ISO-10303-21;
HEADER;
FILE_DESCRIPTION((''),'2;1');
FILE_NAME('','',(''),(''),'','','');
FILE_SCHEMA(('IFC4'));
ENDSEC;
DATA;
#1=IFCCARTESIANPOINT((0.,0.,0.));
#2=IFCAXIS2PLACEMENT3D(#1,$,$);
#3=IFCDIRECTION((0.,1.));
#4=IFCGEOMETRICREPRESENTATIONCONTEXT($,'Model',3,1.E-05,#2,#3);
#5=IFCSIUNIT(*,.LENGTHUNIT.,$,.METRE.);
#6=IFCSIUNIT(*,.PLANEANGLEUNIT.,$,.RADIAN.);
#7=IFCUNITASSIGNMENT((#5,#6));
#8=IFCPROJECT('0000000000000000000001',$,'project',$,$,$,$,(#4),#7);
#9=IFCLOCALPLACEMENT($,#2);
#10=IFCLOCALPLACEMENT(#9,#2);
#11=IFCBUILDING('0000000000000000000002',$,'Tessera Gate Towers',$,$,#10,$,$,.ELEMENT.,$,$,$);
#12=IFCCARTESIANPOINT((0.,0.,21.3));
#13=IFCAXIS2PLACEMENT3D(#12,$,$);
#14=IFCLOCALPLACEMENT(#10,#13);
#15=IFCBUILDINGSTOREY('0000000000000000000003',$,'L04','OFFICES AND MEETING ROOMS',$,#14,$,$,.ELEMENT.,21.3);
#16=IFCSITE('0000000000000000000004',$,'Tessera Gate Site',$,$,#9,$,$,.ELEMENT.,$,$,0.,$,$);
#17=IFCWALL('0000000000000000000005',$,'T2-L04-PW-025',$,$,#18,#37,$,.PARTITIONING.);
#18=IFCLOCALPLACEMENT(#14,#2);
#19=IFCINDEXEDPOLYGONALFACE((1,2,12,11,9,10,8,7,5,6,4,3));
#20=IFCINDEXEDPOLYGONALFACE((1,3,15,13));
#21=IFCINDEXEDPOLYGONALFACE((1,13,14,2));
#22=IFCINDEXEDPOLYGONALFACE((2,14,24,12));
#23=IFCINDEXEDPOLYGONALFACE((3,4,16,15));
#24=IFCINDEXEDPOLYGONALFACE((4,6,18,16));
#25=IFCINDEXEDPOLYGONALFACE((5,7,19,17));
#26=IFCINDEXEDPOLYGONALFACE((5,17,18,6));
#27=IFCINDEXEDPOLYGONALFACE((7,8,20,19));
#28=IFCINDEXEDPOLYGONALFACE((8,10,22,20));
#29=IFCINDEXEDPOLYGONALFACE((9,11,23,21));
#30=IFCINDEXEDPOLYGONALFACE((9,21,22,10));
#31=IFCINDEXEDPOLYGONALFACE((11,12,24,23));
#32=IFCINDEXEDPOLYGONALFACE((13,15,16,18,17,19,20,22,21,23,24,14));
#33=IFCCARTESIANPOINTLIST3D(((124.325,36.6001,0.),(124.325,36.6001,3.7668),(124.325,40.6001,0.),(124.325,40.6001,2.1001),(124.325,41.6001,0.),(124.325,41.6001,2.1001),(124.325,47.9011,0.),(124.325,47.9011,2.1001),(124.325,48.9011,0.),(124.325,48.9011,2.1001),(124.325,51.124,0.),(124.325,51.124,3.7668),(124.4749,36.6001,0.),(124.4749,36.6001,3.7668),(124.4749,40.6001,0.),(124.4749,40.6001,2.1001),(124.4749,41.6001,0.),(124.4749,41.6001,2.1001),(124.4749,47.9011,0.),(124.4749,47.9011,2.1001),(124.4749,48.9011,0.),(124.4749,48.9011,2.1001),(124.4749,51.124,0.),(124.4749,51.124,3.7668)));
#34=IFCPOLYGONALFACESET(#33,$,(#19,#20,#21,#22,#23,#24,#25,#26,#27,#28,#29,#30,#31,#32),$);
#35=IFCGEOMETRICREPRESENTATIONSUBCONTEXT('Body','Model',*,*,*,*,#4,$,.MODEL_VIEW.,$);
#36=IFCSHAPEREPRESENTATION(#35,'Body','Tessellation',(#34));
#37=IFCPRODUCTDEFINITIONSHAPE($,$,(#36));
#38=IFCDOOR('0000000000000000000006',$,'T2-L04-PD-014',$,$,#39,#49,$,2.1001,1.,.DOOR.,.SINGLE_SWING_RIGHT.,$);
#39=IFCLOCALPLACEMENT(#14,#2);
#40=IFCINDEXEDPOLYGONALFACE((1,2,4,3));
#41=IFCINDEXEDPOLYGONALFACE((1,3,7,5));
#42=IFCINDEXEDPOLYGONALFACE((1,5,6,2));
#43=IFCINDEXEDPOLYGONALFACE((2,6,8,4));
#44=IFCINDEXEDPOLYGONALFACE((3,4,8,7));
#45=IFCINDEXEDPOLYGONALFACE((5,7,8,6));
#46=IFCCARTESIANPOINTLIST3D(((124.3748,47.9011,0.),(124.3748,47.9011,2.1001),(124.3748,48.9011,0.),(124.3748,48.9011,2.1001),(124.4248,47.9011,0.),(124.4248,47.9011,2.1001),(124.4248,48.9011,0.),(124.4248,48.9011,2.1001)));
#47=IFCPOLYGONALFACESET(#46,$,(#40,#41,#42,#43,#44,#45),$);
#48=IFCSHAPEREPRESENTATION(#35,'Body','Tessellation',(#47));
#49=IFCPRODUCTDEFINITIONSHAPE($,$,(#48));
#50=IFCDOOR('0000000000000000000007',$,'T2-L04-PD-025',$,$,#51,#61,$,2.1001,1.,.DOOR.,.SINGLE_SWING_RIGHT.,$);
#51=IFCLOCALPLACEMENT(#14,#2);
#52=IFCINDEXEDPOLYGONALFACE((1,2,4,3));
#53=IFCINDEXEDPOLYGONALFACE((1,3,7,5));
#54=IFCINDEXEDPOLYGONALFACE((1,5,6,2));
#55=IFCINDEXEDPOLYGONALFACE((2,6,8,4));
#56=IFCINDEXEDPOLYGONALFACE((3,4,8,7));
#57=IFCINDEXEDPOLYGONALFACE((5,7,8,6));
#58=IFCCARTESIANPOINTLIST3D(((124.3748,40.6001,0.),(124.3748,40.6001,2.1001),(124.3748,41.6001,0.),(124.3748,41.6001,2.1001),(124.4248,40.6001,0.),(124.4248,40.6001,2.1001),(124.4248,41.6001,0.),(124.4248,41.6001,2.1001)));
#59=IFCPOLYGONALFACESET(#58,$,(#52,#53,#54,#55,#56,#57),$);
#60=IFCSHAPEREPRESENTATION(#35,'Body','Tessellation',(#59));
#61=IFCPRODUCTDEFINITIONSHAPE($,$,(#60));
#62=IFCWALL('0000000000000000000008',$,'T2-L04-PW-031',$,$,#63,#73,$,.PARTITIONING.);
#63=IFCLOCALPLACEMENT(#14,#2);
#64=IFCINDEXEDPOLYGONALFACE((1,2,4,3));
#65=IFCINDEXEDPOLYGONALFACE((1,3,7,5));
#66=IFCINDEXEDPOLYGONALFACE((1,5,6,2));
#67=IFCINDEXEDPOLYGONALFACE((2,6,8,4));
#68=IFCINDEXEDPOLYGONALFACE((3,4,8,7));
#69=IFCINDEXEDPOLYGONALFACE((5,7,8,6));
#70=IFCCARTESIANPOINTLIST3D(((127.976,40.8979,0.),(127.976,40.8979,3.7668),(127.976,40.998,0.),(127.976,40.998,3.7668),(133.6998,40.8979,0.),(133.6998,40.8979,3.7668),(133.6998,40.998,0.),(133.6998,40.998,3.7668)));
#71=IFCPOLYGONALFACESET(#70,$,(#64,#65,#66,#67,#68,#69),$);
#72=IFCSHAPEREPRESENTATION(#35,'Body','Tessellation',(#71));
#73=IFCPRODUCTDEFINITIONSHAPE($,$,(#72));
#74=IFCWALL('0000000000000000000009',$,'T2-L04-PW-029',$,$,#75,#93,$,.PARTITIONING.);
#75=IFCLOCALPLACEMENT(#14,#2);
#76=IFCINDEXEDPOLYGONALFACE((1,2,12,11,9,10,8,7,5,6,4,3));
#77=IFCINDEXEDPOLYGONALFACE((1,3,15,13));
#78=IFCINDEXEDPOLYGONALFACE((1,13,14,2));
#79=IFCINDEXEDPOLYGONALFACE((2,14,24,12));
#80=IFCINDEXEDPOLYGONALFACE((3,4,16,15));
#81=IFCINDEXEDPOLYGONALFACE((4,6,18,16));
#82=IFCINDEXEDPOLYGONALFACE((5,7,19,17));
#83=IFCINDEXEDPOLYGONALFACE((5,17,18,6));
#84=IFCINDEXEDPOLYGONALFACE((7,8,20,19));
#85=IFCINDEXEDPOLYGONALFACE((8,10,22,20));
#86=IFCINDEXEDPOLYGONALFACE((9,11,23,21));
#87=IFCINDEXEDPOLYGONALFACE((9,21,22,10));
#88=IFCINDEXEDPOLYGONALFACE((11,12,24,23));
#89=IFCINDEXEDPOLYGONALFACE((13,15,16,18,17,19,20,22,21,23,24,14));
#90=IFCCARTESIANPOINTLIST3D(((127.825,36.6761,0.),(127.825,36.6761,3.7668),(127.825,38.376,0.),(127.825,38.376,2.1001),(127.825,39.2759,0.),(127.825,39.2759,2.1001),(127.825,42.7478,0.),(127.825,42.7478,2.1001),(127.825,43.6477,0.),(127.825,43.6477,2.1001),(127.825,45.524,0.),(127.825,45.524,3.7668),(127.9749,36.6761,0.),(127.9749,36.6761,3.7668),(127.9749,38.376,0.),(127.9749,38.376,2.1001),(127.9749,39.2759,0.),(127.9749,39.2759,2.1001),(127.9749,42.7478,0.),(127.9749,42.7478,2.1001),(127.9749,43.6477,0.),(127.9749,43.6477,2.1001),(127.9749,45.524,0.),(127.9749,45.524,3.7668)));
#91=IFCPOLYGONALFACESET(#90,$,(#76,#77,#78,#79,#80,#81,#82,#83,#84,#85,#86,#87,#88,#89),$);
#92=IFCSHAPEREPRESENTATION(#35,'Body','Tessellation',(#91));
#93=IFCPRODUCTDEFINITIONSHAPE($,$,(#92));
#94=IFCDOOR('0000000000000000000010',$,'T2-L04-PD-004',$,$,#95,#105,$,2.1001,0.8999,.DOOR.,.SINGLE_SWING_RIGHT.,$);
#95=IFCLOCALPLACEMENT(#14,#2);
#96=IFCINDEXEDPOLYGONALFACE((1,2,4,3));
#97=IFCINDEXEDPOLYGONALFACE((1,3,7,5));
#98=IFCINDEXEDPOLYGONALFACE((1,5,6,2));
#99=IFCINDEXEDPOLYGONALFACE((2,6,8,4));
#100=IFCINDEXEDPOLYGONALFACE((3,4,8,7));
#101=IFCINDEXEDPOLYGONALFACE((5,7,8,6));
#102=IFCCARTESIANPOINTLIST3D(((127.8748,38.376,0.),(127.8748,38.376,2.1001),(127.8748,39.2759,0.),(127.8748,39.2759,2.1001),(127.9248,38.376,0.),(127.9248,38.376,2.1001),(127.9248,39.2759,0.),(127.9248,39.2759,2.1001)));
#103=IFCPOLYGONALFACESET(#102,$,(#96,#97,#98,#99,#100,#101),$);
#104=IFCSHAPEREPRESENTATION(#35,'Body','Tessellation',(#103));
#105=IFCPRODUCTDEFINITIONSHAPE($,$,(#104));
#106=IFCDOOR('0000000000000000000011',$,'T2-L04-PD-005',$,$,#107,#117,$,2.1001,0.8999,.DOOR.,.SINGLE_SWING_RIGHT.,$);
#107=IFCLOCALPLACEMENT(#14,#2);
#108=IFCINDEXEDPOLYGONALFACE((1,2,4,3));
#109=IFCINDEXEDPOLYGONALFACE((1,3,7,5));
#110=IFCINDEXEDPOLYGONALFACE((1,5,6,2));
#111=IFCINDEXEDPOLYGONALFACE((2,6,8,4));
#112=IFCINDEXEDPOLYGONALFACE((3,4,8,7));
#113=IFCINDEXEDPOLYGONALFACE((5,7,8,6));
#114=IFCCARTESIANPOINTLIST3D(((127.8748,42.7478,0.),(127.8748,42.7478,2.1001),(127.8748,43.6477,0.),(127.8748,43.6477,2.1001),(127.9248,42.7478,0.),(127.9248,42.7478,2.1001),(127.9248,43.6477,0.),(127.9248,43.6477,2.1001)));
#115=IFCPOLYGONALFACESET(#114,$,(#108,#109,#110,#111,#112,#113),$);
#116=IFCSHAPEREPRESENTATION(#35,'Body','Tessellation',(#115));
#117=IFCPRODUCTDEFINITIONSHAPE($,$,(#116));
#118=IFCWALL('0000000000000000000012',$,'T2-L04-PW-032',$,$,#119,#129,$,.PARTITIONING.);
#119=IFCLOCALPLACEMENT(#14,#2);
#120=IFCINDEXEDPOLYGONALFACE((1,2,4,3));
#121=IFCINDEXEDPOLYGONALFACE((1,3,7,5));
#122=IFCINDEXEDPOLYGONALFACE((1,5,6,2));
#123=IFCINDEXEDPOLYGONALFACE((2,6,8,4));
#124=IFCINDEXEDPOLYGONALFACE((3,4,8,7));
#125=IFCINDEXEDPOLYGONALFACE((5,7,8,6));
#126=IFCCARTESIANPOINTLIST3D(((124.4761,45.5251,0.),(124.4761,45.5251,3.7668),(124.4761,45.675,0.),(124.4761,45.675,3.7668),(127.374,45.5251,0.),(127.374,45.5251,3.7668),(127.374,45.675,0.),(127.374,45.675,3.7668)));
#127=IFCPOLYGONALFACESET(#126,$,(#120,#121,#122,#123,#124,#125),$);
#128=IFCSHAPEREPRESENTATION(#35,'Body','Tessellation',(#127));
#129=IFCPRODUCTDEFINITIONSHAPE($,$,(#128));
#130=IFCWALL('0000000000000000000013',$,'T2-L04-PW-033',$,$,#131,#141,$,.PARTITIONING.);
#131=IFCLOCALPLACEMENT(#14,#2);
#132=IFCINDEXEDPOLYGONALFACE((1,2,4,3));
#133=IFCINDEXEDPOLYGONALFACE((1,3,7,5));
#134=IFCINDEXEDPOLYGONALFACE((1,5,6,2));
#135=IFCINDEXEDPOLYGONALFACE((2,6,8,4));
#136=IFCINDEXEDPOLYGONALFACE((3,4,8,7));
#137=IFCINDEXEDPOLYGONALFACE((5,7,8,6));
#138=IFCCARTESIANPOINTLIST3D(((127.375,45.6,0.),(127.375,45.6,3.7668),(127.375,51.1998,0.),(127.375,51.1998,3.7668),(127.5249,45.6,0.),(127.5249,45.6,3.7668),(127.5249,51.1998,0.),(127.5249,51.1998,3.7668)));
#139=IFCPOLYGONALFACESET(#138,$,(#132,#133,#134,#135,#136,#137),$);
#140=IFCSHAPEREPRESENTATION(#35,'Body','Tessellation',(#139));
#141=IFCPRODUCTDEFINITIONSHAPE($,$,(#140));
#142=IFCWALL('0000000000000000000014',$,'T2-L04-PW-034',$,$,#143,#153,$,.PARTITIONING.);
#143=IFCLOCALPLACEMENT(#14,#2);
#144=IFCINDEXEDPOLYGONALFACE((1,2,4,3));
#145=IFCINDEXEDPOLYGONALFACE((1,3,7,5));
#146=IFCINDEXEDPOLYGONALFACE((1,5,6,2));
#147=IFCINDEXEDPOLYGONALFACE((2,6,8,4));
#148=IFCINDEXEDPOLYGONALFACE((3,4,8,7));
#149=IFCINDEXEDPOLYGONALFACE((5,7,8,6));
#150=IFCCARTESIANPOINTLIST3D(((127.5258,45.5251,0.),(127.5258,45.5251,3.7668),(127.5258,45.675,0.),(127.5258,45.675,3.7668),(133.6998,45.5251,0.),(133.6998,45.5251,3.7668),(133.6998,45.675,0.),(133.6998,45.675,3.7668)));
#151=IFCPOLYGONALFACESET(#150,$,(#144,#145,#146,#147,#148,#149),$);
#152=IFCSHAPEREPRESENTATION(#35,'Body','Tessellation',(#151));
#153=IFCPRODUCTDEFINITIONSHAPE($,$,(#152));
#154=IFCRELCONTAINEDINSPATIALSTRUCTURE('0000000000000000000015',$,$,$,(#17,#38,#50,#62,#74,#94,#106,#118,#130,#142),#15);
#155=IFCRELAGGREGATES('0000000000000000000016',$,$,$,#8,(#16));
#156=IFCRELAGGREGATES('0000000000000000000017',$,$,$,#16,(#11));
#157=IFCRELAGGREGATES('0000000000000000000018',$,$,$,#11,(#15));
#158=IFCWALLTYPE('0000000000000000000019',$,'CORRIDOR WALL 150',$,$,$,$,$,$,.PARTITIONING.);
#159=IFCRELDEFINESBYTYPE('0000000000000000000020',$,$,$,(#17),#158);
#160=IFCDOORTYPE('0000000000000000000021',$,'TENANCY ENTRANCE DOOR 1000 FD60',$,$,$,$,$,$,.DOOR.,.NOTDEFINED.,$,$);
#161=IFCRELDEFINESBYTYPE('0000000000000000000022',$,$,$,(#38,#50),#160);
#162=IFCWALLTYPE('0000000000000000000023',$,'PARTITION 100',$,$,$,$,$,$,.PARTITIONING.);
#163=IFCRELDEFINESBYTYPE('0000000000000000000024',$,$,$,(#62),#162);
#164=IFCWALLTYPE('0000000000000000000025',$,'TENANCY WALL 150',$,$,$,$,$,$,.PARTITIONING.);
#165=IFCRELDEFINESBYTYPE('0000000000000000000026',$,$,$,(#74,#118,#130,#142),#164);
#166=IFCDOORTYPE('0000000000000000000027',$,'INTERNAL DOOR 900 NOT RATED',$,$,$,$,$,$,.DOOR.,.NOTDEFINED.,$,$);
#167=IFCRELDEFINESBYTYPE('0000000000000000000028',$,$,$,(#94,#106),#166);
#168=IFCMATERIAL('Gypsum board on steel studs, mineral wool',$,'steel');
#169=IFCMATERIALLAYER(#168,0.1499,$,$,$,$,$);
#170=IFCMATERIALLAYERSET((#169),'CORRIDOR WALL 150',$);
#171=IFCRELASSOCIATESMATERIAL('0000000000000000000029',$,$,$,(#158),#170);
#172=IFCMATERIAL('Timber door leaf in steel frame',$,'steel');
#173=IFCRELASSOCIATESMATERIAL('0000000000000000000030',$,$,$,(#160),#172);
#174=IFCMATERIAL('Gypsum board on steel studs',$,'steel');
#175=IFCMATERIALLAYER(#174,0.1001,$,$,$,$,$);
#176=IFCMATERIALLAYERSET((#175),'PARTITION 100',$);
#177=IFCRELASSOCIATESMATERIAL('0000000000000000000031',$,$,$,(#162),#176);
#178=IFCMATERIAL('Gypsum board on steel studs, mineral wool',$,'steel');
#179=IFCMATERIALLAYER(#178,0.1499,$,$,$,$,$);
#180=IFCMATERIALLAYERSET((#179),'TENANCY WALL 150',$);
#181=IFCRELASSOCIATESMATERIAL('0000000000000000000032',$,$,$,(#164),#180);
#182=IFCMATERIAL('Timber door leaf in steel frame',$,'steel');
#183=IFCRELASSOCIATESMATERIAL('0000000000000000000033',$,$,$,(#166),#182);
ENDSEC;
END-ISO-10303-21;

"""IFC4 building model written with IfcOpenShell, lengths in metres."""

from ifc_helpers import new_model, si_unit, direction, frame, frame_2d, origin, place, context, subcontext, project, spatial, rectangle, extrude, source, transform, mapped, material, layer, layer_set, type_object, element, fill, save


model = new_model("IFC4")

# Units and contexts
model_context = context("Model", 3, precision=1e-05, world=origin(), true_north=direction((0.0, 1.0)))
body_context = subcontext(model_context, "Body", "Model", "MODEL_VIEW")
ifc_project = project(units=[si_unit("LENGTHUNIT", "METRE"), si_unit("PLANEANGLEUNIT", "RADIAN")], contexts=[model_context])

# Site, building, storey
site_placement = place(None, origin())
site = spatial("IfcSite", under=ifc_project, at=site_placement, Name="Tessera Gate Site", CompositionType="ELEMENT", RefElevation=0.0)
building_placement = place(site_placement, origin())
building = spatial("IfcBuilding", under=site, at=building_placement, Name="Tessera Gate Towers", CompositionType="ELEMENT")
storey_placement = place(building_placement, frame((0.0, 0.0, 21.3)))
storey = spatial("IfcBuildingStorey", under=building, at=storey_placement, Name="L04", Description="OFFICES AND MEETING ROOMS", CompositionType="ELEMENT", Elevation=21.3)

# Wall, openings, doors
ifc_material_1 = material(Name="Gypsum board on steel studs, mineral wool", Category="steel")
ifc_layer_1 = layer(ifc_material_1, 0.1499)
ifc_layer_set_1 = layer_set([ifc_layer_1], Name="CORRIDOR WALL 150")
wall_type_1 = type_object("IfcWallType", Name="CORRIDOR WALL 150", PredefinedType="PARTITIONING", material=ifc_layer_set_1)
wall_1_placement = place(storey_placement, frame((124.3999, 51.124, 0.0), z_axis=(0.0, 0.0, 1.0), x_axis=(0.0, -1.0, 0.0)))
wall_1 = element("IfcWall", 1, at=wall_1_placement, inside=storey, type_object=wall_type_1, Name="T2-L04-PW-025", PredefinedType="PARTITIONING", context=body_context, shape_type="SweptSolid", body=[
    extrude(rectangle(XDim=14.5239, YDim=0.1499, at=frame_2d((7.262, 0.0))), origin(), (0.0, 0.0, 1.0), 3.7668),
])
shared_shape_1 = source(origin(), body_context, "Body", "SweptSolid", [
    extrude(rectangle(XDim=1.0, YDim=2.1001, at=frame_2d((0.5, 1.05))), frame((0.0, 0.085, 0.0), z_axis=(0.0, -1.0, 0.0), x_axis=(1.0, 0.0, 0.0)), (0.0, 0.0, 1.0), 0.1699),
])
opening_1_placement = place(wall_1_placement, frame((2.2229, 0.0, 0.0)))
opening_1 = element("IfcOpeningElement", 2, at=opening_1_placement, cuts=wall_1, PredefinedType="OPENING", context=body_context, shape_type="MappedRepresentation", body=[
    mapped(shared_shape_1, transform((0.0, 0.0, 0.0), scale=1.0)),
])
opening_2_placement = place(wall_1_placement, frame((9.5239, 0.0, 0.0)))
opening_2 = element("IfcOpeningElement", 3, at=opening_2_placement, cuts=wall_1, PredefinedType="OPENING", context=body_context, shape_type="MappedRepresentation", body=[
    mapped(shared_shape_1, transform((0.0, 0.0, 0.0), scale=1.0)),
])
ifc_material_2 = material(Name="Timber door leaf in steel frame", Category="steel")
door_type_1 = type_object("IfcDoorType", Name="TENANCY ENTRANCE DOOR 1000 FD60", OperationType="NOTDEFINED", PredefinedType="DOOR", material=ifc_material_2)
shared_shape_2 = source(origin(), body_context, "Body", "SweptSolid", [
    extrude(rectangle(XDim=1.0, YDim=2.1001, at=frame_2d((0.5, 1.05))), frame((0.0, 0.0249, 0.0), z_axis=(0.0, -1.0, 0.0), x_axis=(1.0, 0.0, 0.0)), (0.0, 0.0, 1.0), 0.05),
])
door_1_placement = place(opening_1_placement, origin())
door_1 = element("IfcDoor", 4, at=door_1_placement, inside=storey, type_object=door_type_1, Name="T2-L04-PD-014", OperationType="SINGLE_SWING_RIGHT", OverallHeight=2.1001, OverallWidth=1.0, PredefinedType="DOOR", context=body_context, shape_type="MappedRepresentation", body=[
    mapped(shared_shape_2, transform((0.0, 0.0, 0.0), scale=1.0)),
])
fill(opening_1, door_1)
door_2_placement = place(opening_2_placement, origin())
door_2 = element("IfcDoor", 5, at=door_2_placement, inside=storey, type_object=door_type_1, Name="T2-L04-PD-025", OperationType="SINGLE_SWING_RIGHT", OverallHeight=2.1001, OverallWidth=1.0, PredefinedType="DOOR", context=body_context, shape_type="MappedRepresentation", body=[
    mapped(shared_shape_2, transform((0.0, 0.0, 0.0), scale=1.0)),
])
fill(opening_2, door_2)

# Wall
ifc_material_3 = material(Name="Gypsum board on steel studs", Category="steel")
ifc_layer_2 = layer(ifc_material_3, 0.1001)
ifc_layer_set_2 = layer_set([ifc_layer_2], Name="PARTITION 100")
wall_type_2 = type_object("IfcWallType", Name="PARTITION 100", PredefinedType="PARTITIONING", material=ifc_layer_set_2)
wall_2_placement = place(storey_placement, frame((127.9761, 40.948, 0.0), z_axis=(0.0, 0.0, 1.0), x_axis=(1.0, 0.0, 0.0)))
element("IfcWall", 6, at=wall_2_placement, inside=storey, type_object=wall_type_2, Name="T2-L04-PW-031", PredefinedType="PARTITIONING", context=body_context, shape_type="SweptSolid", body=[
    extrude(rectangle(XDim=5.7239, YDim=0.1001, at=frame_2d((2.8618, 0.0))), origin(), (0.0, 0.0, 1.0), 3.7668),
])

# Wall, openings, doors
ifc_material_4 = material(Name="Gypsum board on steel studs, mineral wool", Category="steel")
ifc_layer_3 = layer(ifc_material_4, 0.1499)
ifc_layer_set_3 = layer_set([ifc_layer_3], Name="TENANCY WALL 150")
wall_type_3 = type_object("IfcWallType", Name="TENANCY WALL 150", PredefinedType="PARTITIONING", material=ifc_layer_set_3)
wall_3_placement = place(storey_placement, frame((127.8999, 45.5239, 0.0), z_axis=(0.0, 0.0, 1.0), x_axis=(0.0, -1.0, 0.0)))
wall_3 = element("IfcWall", 7, at=wall_3_placement, inside=storey, type_object=wall_type_3, Name="T2-L04-PW-029", PredefinedType="PARTITIONING", context=body_context, shape_type="SweptSolid", body=[
    extrude(rectangle(XDim=8.8479, YDim=0.1499, at=frame_2d((4.4238, 0.0))), origin(), (0.0, 0.0, 1.0), 3.7668),
])
shared_shape_3 = source(origin(), body_context, "Body", "SweptSolid", [
    extrude(rectangle(XDim=0.8999, YDim=2.1001, at=frame_2d((0.45, 1.05))), frame((0.0, 0.085, 0.0), z_axis=(0.0, -1.0, 0.0), x_axis=(1.0, 0.0, 0.0)), (0.0, 0.0, 1.0), 0.1699),
])
opening_3_placement = place(wall_3_placement, frame((6.248, 0.0, 0.0)))
opening_3 = element("IfcOpeningElement", 8, at=opening_3_placement, cuts=wall_3, PredefinedType="OPENING", context=body_context, shape_type="MappedRepresentation", body=[
    mapped(shared_shape_3, transform((0.0, 0.0, 0.0), scale=1.0)),
])
opening_4_placement = place(wall_3_placement, frame((1.8762, 0.0, 0.0)))
opening_4 = element("IfcOpeningElement", 9, at=opening_4_placement, cuts=wall_3, PredefinedType="OPENING", context=body_context, shape_type="MappedRepresentation", body=[
    mapped(shared_shape_3, transform((0.0, 0.0, 0.0), scale=1.0)),
])
ifc_material_5 = material(Name="Timber door leaf in steel frame", Category="steel")
door_type_2 = type_object("IfcDoorType", Name="INTERNAL DOOR 900 NOT RATED", OperationType="NOTDEFINED", PredefinedType="DOOR", material=ifc_material_5)
shared_shape_4 = source(origin(), body_context, "Body", "SweptSolid", [
    extrude(rectangle(XDim=0.8999, YDim=2.1001, at=frame_2d((0.45, 1.05))), frame((0.0, 0.0249, 0.0), z_axis=(0.0, -1.0, 0.0), x_axis=(1.0, 0.0, 0.0)), (0.0, 0.0, 1.0), 0.05),
])
door_3_placement = place(opening_3_placement, origin())
door_3 = element("IfcDoor", 10, at=door_3_placement, inside=storey, type_object=door_type_2, Name="T2-L04-PD-004", OperationType="SINGLE_SWING_RIGHT", OverallHeight=2.1001, OverallWidth=0.8999, PredefinedType="DOOR", context=body_context, shape_type="MappedRepresentation", body=[
    mapped(shared_shape_4, transform((0.0, 0.0, 0.0), scale=1.0)),
])
fill(opening_3, door_3)
door_4_placement = place(opening_4_placement, origin())
door_4 = element("IfcDoor", 11, at=door_4_placement, inside=storey, type_object=door_type_2, Name="T2-L04-PD-005", OperationType="SINGLE_SWING_RIGHT", OverallHeight=2.1001, OverallWidth=0.8999, PredefinedType="DOOR", context=body_context, shape_type="MappedRepresentation", body=[
    mapped(shared_shape_4, transform((0.0, 0.0, 0.0), scale=1.0)),
])
fill(opening_4, door_4)

# Walls
wall_4_placement = place(storey_placement, frame((124.4761, 45.6001, 0.0), z_axis=(0.0, 0.0, 1.0), x_axis=(1.0, 0.0, 0.0)))
element("IfcWall", 12, at=wall_4_placement, inside=storey, type_object=wall_type_3, Name="T2-L04-PW-032", PredefinedType="PARTITIONING", context=body_context, shape_type="SweptSolid", body=[
    extrude(rectangle(XDim=2.8979, YDim=0.1499, at=frame_2d((1.449, 0.0))), origin(), (0.0, 0.0, 1.0), 3.7668),
])
wall_5_placement = place(storey_placement, frame((127.45, 45.6001, 0.0), z_axis=(0.0, 0.0, 1.0), x_axis=(0.0, 1.0, 0.0)))
element("IfcWall", 13, at=wall_5_placement, inside=storey, type_object=wall_type_3, Name="T2-L04-PW-033", PredefinedType="PARTITIONING", context=body_context, shape_type="SweptSolid", body=[
    extrude(rectangle(XDim=5.5999, YDim=0.1499, at=frame_2d((2.7998, 0.0))), origin(), (0.0, 0.0, 1.0), 3.7668),
])
wall_6_placement = place(storey_placement, frame((127.5259, 45.6001, 0.0), z_axis=(0.0, 0.0, 1.0), x_axis=(1.0, 0.0, 0.0)))
element("IfcWall", 14, at=wall_6_placement, inside=storey, type_object=wall_type_3, Name="T2-L04-PW-034", PredefinedType="PARTITIONING", context=body_context, shape_type="SweptSolid", body=[
    extrude(rectangle(XDim=6.1741, YDim=0.1499, at=frame_2d((3.0869, 0.0))), origin(), (0.0, 0.0, 1.0), 3.7668),
])

save(model, "model.ifc")
